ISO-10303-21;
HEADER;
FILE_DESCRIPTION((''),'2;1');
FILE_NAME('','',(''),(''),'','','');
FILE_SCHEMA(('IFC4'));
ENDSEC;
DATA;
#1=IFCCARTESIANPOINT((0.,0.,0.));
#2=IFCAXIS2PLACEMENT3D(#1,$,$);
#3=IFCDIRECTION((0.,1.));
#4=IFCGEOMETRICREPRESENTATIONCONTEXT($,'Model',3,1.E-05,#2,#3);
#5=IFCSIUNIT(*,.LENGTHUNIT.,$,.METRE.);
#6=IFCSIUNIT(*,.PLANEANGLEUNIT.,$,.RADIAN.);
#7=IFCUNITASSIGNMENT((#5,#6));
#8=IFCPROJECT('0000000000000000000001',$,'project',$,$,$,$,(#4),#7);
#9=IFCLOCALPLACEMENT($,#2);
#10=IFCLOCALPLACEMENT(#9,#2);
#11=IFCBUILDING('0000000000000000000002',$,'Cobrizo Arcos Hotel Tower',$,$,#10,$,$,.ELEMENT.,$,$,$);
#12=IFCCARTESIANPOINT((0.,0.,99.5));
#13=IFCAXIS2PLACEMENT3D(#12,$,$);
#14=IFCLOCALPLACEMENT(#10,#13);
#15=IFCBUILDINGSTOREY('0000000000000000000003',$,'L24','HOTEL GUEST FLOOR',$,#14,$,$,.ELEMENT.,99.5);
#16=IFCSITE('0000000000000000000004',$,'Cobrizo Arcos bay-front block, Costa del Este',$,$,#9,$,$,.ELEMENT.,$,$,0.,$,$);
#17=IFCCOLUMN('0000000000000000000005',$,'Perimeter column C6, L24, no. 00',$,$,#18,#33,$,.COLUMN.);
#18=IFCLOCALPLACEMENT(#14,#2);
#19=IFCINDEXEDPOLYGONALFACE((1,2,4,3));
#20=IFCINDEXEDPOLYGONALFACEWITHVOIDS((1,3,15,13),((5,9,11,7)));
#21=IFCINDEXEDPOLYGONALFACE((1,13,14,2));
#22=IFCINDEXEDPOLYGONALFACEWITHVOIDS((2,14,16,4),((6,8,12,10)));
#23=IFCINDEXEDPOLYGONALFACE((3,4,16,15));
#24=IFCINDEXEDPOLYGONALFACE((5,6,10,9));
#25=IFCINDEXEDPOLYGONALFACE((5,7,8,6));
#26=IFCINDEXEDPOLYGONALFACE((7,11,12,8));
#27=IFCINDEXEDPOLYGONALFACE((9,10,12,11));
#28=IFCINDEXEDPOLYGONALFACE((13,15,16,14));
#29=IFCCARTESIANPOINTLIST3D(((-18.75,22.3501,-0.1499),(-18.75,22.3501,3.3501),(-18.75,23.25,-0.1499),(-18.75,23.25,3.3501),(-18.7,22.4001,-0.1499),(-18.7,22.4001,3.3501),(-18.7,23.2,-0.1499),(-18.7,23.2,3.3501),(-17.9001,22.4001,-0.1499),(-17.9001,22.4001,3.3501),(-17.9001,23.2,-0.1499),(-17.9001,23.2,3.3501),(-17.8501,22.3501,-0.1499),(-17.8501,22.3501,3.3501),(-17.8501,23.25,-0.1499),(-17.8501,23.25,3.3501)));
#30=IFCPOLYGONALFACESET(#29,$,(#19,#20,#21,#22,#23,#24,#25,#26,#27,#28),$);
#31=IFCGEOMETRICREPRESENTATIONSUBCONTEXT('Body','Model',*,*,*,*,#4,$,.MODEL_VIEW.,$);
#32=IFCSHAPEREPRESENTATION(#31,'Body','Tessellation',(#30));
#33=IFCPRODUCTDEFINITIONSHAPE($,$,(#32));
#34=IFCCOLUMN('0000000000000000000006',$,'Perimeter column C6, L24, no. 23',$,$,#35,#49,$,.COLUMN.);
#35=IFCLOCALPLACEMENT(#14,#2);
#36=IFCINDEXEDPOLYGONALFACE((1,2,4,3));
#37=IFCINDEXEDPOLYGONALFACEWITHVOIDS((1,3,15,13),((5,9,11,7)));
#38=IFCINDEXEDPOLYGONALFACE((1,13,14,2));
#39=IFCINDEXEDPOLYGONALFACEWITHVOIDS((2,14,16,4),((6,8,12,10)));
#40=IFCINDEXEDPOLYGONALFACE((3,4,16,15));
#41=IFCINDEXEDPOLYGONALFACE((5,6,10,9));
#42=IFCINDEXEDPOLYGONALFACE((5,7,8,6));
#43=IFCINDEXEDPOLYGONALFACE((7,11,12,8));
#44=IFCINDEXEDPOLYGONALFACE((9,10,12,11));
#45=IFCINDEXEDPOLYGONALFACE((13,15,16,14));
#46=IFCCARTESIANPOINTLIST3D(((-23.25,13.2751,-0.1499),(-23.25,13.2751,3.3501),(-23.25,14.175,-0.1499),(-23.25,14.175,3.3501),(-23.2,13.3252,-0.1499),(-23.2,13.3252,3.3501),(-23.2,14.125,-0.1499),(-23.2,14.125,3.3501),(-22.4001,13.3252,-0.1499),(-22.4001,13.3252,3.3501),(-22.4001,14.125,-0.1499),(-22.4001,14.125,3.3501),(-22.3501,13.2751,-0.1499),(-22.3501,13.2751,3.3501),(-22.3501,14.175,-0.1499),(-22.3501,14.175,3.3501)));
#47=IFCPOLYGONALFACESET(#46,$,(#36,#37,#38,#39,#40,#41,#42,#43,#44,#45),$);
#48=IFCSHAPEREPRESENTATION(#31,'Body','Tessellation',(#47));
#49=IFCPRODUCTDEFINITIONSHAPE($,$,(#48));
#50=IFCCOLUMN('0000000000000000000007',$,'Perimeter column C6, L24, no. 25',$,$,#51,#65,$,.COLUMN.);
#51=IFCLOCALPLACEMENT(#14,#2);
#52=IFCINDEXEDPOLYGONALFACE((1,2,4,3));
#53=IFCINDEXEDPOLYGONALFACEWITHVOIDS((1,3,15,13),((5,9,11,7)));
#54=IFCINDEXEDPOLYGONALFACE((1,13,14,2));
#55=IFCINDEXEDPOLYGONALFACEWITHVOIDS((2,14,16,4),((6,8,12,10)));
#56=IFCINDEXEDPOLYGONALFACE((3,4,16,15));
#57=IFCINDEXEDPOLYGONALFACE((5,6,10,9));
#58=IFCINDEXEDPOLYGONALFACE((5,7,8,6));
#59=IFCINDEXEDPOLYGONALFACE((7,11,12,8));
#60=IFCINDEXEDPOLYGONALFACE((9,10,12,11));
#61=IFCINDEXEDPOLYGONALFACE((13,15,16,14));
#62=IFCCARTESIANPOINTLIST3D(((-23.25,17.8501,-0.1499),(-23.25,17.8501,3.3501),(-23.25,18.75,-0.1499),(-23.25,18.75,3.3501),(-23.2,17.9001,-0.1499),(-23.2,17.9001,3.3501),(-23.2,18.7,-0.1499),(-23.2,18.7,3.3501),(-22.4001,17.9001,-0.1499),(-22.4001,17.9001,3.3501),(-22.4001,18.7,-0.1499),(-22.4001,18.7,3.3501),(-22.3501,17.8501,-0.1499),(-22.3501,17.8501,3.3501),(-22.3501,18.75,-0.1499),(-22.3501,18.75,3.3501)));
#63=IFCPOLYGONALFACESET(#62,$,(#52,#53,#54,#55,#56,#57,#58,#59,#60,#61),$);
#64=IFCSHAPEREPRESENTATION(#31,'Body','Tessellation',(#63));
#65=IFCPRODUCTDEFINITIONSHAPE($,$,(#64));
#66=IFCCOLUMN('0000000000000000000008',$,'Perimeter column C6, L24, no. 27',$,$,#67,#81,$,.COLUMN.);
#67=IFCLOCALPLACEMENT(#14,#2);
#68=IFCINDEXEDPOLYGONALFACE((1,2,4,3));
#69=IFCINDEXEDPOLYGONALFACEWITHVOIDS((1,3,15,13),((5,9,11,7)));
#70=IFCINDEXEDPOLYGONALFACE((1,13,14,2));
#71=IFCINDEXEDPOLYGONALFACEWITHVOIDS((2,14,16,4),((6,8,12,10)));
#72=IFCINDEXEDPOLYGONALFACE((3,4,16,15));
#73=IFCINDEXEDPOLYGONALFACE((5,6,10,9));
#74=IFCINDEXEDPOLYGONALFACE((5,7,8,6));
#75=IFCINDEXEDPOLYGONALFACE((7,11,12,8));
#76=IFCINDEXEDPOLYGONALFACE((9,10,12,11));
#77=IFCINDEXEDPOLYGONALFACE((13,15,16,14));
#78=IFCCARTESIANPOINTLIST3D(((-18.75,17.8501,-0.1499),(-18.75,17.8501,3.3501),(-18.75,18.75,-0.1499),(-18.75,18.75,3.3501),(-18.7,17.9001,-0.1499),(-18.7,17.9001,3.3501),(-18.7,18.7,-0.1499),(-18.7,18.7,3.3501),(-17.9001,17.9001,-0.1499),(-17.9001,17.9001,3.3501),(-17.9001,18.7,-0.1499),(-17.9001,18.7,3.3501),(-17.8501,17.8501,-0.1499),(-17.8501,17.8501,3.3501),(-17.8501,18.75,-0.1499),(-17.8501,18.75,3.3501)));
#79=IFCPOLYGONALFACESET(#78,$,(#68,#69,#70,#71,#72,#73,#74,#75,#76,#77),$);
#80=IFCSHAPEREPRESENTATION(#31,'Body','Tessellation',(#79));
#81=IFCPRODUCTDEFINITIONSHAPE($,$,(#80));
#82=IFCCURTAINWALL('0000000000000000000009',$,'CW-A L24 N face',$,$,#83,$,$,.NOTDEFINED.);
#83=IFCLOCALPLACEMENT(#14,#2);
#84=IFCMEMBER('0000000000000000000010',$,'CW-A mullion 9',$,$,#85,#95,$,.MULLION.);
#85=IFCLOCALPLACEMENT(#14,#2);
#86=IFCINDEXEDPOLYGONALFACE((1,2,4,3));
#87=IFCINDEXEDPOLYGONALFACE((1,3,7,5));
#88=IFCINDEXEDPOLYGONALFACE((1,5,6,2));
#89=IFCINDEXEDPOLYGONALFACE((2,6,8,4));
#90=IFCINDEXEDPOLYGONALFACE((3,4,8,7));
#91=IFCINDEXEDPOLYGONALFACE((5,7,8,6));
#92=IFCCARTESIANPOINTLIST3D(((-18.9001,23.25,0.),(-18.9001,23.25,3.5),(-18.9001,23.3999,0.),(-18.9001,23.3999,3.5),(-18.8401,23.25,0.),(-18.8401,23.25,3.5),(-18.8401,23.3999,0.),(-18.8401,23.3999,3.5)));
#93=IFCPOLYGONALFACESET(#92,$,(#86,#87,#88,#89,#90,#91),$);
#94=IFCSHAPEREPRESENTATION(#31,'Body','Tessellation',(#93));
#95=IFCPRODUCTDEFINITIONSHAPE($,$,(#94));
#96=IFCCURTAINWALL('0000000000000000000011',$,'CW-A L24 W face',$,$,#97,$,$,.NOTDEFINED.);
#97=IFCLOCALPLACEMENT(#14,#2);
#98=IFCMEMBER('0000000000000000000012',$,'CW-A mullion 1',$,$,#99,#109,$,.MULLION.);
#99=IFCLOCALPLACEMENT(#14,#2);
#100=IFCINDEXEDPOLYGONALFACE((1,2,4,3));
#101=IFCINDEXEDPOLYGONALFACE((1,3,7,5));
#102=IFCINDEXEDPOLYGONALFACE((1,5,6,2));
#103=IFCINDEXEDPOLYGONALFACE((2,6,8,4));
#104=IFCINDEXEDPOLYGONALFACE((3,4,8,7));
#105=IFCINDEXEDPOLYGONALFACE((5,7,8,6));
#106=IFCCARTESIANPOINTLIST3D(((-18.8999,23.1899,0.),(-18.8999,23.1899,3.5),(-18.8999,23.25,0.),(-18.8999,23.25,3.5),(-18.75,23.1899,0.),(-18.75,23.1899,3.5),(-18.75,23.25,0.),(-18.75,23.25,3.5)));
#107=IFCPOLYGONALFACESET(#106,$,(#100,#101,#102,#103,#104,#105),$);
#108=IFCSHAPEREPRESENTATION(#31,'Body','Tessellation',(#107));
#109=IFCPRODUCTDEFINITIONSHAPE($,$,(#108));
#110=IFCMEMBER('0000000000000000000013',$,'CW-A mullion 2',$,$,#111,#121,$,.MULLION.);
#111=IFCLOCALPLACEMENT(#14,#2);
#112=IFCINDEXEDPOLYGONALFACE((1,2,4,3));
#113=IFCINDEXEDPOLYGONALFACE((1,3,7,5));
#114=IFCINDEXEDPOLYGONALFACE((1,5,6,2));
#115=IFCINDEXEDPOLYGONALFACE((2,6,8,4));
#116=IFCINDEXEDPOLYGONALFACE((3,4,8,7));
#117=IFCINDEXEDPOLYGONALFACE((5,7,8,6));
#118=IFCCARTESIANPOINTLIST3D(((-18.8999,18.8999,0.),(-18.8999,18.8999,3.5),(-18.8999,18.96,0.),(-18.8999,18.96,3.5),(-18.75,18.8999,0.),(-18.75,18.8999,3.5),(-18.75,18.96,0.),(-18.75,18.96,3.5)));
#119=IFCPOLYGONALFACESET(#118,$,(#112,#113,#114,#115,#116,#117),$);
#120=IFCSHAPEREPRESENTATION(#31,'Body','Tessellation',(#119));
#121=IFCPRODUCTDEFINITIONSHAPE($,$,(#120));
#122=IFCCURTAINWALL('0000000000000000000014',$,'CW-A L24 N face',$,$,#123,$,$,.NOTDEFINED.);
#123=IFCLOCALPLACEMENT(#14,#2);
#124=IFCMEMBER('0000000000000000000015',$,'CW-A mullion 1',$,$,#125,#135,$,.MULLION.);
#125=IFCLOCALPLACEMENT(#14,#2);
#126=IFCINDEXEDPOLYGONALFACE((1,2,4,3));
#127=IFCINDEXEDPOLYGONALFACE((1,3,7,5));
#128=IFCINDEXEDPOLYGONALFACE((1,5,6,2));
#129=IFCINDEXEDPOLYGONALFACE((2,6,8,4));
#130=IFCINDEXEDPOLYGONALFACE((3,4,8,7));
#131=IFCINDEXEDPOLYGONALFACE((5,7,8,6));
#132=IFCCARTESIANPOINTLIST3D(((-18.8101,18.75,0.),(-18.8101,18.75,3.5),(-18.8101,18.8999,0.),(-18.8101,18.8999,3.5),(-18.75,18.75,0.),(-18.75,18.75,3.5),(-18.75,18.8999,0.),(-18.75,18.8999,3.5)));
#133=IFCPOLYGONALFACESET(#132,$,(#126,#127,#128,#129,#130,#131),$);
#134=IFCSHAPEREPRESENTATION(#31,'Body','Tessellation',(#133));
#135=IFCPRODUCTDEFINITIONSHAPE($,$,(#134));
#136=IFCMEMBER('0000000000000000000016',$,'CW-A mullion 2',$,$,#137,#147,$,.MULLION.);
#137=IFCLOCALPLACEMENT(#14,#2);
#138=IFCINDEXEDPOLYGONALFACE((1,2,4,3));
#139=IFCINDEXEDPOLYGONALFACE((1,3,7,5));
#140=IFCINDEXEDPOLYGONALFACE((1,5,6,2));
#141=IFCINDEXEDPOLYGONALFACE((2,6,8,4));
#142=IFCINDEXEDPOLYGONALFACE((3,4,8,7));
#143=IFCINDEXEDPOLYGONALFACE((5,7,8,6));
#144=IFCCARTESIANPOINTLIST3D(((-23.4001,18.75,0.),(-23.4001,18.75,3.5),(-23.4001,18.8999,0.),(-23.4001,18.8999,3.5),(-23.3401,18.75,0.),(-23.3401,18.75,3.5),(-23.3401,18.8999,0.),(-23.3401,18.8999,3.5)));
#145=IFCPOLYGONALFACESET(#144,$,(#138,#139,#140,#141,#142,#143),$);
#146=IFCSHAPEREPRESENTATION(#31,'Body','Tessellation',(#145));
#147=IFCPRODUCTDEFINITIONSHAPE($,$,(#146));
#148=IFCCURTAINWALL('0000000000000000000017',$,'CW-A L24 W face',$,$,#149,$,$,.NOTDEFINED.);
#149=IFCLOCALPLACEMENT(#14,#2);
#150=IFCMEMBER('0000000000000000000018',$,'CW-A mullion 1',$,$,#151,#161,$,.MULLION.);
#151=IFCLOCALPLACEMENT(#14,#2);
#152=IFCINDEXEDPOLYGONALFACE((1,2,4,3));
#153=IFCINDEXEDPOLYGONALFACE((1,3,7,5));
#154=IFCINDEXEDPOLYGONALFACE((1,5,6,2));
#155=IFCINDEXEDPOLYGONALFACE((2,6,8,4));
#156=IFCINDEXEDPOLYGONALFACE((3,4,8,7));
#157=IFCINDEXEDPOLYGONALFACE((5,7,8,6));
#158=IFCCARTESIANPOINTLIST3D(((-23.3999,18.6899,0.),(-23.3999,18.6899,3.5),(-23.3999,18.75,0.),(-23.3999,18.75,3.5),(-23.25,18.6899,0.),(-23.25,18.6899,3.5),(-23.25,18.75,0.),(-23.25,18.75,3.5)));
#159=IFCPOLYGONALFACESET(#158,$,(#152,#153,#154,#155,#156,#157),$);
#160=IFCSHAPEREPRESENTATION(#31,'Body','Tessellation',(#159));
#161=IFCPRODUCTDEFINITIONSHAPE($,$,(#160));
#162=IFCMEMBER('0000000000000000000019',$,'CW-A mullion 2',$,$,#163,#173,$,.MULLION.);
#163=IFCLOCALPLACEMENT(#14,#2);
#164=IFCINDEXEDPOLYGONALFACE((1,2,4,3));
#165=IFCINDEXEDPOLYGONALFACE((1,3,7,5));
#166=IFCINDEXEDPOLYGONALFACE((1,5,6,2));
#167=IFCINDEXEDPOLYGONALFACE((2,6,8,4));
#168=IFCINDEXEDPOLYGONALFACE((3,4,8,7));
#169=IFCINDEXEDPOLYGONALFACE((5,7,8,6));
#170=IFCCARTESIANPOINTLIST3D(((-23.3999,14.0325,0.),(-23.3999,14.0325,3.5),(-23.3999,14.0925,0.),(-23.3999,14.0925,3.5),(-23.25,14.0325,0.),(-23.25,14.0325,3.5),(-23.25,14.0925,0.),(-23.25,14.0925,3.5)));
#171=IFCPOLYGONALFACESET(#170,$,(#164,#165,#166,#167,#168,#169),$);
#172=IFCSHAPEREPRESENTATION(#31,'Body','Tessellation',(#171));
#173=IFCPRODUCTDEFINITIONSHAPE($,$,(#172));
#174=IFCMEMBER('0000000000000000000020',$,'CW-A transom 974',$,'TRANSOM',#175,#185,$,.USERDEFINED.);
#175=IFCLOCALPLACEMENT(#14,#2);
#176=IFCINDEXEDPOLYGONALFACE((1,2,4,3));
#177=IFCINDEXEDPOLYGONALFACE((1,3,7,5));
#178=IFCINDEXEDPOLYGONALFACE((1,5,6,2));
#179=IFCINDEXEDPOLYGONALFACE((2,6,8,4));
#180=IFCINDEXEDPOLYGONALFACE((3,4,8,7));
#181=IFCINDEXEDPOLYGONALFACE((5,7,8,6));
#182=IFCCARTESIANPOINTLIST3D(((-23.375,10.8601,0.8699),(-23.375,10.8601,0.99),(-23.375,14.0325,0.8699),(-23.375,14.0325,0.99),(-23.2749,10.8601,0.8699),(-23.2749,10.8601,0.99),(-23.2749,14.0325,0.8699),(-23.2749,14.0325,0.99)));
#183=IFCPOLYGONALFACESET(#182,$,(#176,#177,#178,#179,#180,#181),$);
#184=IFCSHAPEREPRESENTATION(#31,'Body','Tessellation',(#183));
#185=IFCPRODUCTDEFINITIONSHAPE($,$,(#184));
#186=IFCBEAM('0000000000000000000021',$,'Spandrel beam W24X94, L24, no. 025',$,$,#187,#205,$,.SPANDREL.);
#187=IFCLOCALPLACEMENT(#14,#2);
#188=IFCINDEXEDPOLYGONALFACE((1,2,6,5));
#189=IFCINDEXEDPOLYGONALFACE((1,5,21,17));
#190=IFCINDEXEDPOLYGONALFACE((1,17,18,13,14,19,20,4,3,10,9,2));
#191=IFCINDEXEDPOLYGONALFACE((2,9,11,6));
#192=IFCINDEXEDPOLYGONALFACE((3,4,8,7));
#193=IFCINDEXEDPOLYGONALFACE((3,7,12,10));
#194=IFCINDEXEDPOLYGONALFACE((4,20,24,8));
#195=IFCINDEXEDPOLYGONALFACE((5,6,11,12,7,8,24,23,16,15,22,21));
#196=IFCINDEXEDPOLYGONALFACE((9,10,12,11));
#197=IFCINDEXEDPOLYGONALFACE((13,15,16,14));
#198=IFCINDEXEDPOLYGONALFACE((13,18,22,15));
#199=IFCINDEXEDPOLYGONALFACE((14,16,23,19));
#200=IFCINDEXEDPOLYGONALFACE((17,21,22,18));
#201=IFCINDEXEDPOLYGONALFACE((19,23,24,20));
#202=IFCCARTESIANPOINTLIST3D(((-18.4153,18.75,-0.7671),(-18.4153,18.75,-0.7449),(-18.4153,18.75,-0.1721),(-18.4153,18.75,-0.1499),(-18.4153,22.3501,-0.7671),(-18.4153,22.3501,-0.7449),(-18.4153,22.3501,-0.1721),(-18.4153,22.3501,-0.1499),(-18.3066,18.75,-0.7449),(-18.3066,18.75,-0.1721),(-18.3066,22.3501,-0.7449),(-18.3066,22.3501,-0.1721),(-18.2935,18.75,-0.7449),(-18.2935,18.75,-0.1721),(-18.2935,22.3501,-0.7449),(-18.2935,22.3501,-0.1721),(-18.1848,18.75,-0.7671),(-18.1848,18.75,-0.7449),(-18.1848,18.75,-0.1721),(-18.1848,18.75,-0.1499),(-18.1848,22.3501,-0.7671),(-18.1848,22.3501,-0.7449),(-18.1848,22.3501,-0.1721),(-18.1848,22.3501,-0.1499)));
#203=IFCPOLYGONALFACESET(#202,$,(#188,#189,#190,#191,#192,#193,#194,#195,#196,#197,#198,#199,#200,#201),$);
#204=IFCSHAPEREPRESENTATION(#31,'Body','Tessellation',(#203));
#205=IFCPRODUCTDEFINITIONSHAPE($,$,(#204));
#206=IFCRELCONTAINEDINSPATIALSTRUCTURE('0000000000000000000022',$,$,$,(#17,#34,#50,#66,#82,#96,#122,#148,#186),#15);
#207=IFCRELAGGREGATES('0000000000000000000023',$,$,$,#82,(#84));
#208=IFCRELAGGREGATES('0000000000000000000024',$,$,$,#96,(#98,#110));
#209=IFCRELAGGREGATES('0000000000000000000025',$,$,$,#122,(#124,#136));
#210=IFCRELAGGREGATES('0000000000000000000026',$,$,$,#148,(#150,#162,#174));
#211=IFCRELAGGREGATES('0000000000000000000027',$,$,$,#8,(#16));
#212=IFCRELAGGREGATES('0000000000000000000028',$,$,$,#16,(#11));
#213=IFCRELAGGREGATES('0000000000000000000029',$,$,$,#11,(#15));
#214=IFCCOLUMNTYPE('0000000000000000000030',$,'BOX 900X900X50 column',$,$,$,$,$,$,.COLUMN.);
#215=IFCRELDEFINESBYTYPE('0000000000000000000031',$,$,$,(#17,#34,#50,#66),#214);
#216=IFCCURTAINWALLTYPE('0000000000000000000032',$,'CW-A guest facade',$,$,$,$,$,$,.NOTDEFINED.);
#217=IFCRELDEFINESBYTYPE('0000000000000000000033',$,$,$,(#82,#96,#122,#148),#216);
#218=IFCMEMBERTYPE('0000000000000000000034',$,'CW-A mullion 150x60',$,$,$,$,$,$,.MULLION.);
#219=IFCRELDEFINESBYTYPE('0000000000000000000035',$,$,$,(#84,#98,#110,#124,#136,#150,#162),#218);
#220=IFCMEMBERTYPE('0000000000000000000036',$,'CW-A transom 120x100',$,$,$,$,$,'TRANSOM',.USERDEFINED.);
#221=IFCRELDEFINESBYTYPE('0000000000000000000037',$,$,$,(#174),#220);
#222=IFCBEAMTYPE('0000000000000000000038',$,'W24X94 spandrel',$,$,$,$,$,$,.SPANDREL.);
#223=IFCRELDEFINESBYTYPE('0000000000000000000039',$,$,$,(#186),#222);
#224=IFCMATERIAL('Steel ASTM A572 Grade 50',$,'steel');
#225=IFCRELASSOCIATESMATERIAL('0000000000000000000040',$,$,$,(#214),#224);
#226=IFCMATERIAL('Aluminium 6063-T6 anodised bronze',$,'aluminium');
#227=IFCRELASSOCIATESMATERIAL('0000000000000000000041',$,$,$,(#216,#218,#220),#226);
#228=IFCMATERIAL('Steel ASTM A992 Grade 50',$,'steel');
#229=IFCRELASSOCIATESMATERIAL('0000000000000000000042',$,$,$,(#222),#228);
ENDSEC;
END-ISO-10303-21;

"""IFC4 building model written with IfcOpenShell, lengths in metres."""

from ifc_helpers import new_model, si_unit, direction, frame, origin, origin_2d, place, context, subcontext, project, spatial, rectangle, hollow_rectangle, i_section, extrude, material, material_profile, profile_set, type_object, element, aggregate, save


model = new_model("IFC4")

# Units and contexts
model_context = context("Model", 3, precision=1e-05, world=origin(), true_north=direction((0.0, 1.0)))
body_context = subcontext(model_context, "Body", "Model", "MODEL_VIEW")
ifc_project = project(units=[si_unit("LENGTHUNIT", "METRE"), si_unit("PLANEANGLEUNIT", "RADIAN")], contexts=[model_context])

# Site, building, storey
site_placement = place(None, origin())
site = spatial("IfcSite", under=ifc_project, at=site_placement, Name="Cobrizo Arcos bay-front block, Costa del Este", CompositionType="ELEMENT", RefElevation=0.0)
building_placement = place(site_placement, origin())
building = spatial("IfcBuilding", under=site, at=building_placement, Name="Cobrizo Arcos Hotel Tower", CompositionType="ELEMENT")
storey_placement = place(building_placement, frame((0.0, 0.0, 99.5)))
storey = spatial("IfcBuildingStorey", under=building, at=storey_placement, Name="L24", Description="HOTEL GUEST FLOOR", CompositionType="ELEMENT", Elevation=99.5)

# Columns
ifc_material_1 = material(Name="Steel ASTM A572 Grade 50", Category="steel")
ifc_material_profile_1 = material_profile(ifc_material_1, hollow_rectangle(XDim=0.8999, YDim=0.8999, WallThickness=0.05, at=origin_2d()), Name="BOX 900X900X50")
ifc_profile_set_1 = profile_set([ifc_material_profile_1], Name="Steel ASTM A572 Grade 50")
column_type = type_object("IfcColumnType", Name="BOX 900X900X50 column", PredefinedType="COLUMN", material=ifc_profile_set_1)
for number, where, z_axis, x_axis, name in (
    (1, (-18.3, 22.8, -0.1499), (0.0, 0.0, 1.0), (1.0, 0.0, 0.0), "Perimeter column C6, L24, no. 00"),
    (2, (-22.8, 13.7251, -0.1499), (0.0, 0.0, 1.0), (1.0, 0.0, 0.0), "Perimeter column C6, L24, no. 23"),
    (3, (-22.8, 18.3, -0.1499), (0.0, 0.0, 1.0), (1.0, 0.0, 0.0), "Perimeter column C6, L24, no. 25"),
    (4, (-18.3, 18.3, -0.1499), (0.0, 0.0, 1.0), (1.0, 0.0, 0.0), "Perimeter column C6, L24, no. 27"),
):
    element("IfcColumn", number, at=place(storey_placement, frame(where, z_axis=z_axis, x_axis=x_axis)), inside=storey, type_object=column_type, Name=name, PredefinedType="COLUMN", context=body_context, shape_type="SweptSolid", body=[
        extrude(hollow_rectangle(XDim=0.8999, YDim=0.8999, WallThickness=0.05, at=origin_2d()), origin(), (0.0, 0.0, 1.0), 3.5),
    ])

# Curtain wall, member
ifc_material_2 = material(Name="Aluminium 6063-T6 anodised bronze", Category="aluminium")
curtain_wall_type = type_object("IfcCurtainWallType", Name="CW-A guest facade", PredefinedType="NOTDEFINED", material=ifc_material_2)
curtain_wall_1_placement = place(storey_placement, origin())
curtain_wall_1 = element("IfcCurtainWall", 5, at=curtain_wall_1_placement, inside=storey, type_object=curtain_wall_type, Name="CW-A L24 N face", PredefinedType="NOTDEFINED")
ifc_material_profile_2 = material_profile(ifc_material_2, rectangle(XDim=0.1499, YDim=0.0601, at=origin_2d()), Name="CW-A mullion 150x60")
ifc_profile_set_2 = profile_set([ifc_material_profile_2], Name="Aluminium 6063-T6 anodised bronze")
member_type_1 = type_object("IfcMemberType", Name="CW-A mullion 150x60", PredefinedType="MULLION", material=ifc_profile_set_2)
member_1_placement = place(storey_placement, frame((-18.8701, 23.325, 0.0), z_axis=(0.0, 0.0, 1.0), x_axis=(0.0, 1.0, 0.0)))
member_1 = element("IfcMember", 6, at=member_1_placement, type_object=member_type_1, Name="CW-A mullion 9", PredefinedType="MULLION", context=body_context, shape_type="SweptSolid", body=[
    extrude(rectangle(XDim=0.1499, YDim=0.0601, at=origin_2d()), origin(), (0.0, 0.0, 1.0), 3.5),
])

# Curtain walls, members
curtain_wall_2_placement = place(storey_placement, origin())
curtain_wall_2 = element("IfcCurtainWall", 7, at=curtain_wall_2_placement, inside=storey, type_object=curtain_wall_type, Name="CW-A L24 W face", PredefinedType="NOTDEFINED")
member_2_placement = place(storey_placement, frame((-18.825, 23.22, 0.0), z_axis=(0.0, 0.0, 1.0), x_axis=(-1.0, 0.0, 0.0)))
member_2 = element("IfcMember", 8, at=member_2_placement, type_object=member_type_1, Name="CW-A mullion 1", PredefinedType="MULLION", context=body_context, shape_type="SweptSolid", body=[
    extrude(rectangle(XDim=0.1499, YDim=0.0601, at=origin_2d()), origin(), (0.0, 0.0, 1.0), 3.5),
])
member_3_placement = place(storey_placement, frame((-18.825, 18.9299, 0.0), z_axis=(0.0, 0.0, 1.0), x_axis=(-1.0, 0.0, 0.0)))
member_3 = element("IfcMember", 9, at=member_3_placement, type_object=member_type_1, Name="CW-A mullion 2", PredefinedType="MULLION", context=body_context, shape_type="SweptSolid", body=[
    extrude(rectangle(XDim=0.1499, YDim=0.0601, at=origin_2d()), origin(), (0.0, 0.0, 1.0), 3.5),
])
curtain_wall_3_placement = place(storey_placement, origin())
curtain_wall_3 = element("IfcCurtainWall", 10, at=curtain_wall_3_placement, inside=storey, type_object=curtain_wall_type, Name="CW-A L24 N face", PredefinedType="NOTDEFINED")
member_4_placement = place(storey_placement, frame((-18.78, 18.825, 0.0), z_axis=(0.0, 0.0, 1.0), x_axis=(0.0, 1.0, 0.0)))
member_4 = element("IfcMember", 11, at=member_4_placement, type_object=member_type_1, Name="CW-A mullion 1", PredefinedType="MULLION", context=body_context, shape_type="SweptSolid", body=[
    extrude(rectangle(XDim=0.1499, YDim=0.0601, at=origin_2d()), origin(), (0.0, 0.0, 1.0), 3.5),
])
member_5_placement = place(storey_placement, frame((-23.3701, 18.825, 0.0), z_axis=(0.0, 0.0, 1.0), x_axis=(0.0, 1.0, 0.0)))
member_5 = element("IfcMember", 12, at=member_5_placement, type_object=member_type_1, Name="CW-A mullion 2", PredefinedType="MULLION", context=body_context, shape_type="SweptSolid", body=[
    extrude(rectangle(XDim=0.1499, YDim=0.0601, at=origin_2d()), origin(), (0.0, 0.0, 1.0), 3.5),
])
curtain_wall_4_placement = place(storey_placement, origin())
curtain_wall_4 = element("IfcCurtainWall", 13, at=curtain_wall_4_placement, inside=storey, type_object=curtain_wall_type, Name="CW-A L24 W face", PredefinedType="NOTDEFINED")
member_6_placement = place(storey_placement, frame((-23.325, 18.72, 0.0), z_axis=(0.0, 0.0, 1.0), x_axis=(-1.0, 0.0, 0.0)))
member_6 = element("IfcMember", 14, at=member_6_placement, type_object=member_type_1, Name="CW-A mullion 1", PredefinedType="MULLION", context=body_context, shape_type="SweptSolid", body=[
    extrude(rectangle(XDim=0.1499, YDim=0.0601, at=origin_2d()), origin(), (0.0, 0.0, 1.0), 3.5),
])
member_7_placement = place(storey_placement, frame((-23.325, 14.0625, 0.0), z_axis=(0.0, 0.0, 1.0), x_axis=(-1.0, 0.0, 0.0)))
member_7 = element("IfcMember", 15, at=member_7_placement, type_object=member_type_1, Name="CW-A mullion 2", PredefinedType="MULLION", context=body_context, shape_type="SweptSolid", body=[
    extrude(rectangle(XDim=0.1499, YDim=0.0601, at=origin_2d()), origin(), (0.0, 0.0, 1.0), 3.5),
])
ifc_material_profile_3 = material_profile(ifc_material_2, rectangle(XDim=0.1001, YDim=0.1201, at=origin_2d()), Name="CW-A transom 120x100")
ifc_profile_set_3 = profile_set([ifc_material_profile_3], Name="Aluminium 6063-T6 anodised bronze")
member_type_2 = type_object("IfcMemberType", Name="CW-A transom 120x100", ElementType="TRANSOM", PredefinedType="USERDEFINED", material=ifc_profile_set_3)
member_8_placement = place(storey_placement, frame((-23.325, 14.0325, 0.9299), z_axis=(0.0, -1.0, 0.0), x_axis=(1.0, 0.0, 0.0)))
member_8 = element("IfcMember", 16, at=member_8_placement, type_object=member_type_2, Name="CW-A transom 974", ObjectType="TRANSOM", PredefinedType="USERDEFINED", context=body_context, shape_type="SweptSolid", body=[
    extrude(rectangle(XDim=0.1001, YDim=0.1201, at=origin_2d()), origin(), (0.0, 0.0, 1.0), 3.1724),
])

# Beam
ifc_material_3 = material(Name="Steel ASTM A992 Grade 50", Category="steel")
ifc_material_profile_4 = material_profile(ifc_material_3, i_section(OverallWidth=0.2305, OverallDepth=0.6172, WebThickness=0.0132, FlangeThickness=0.0222, at=origin_2d()), Name="W24X94")
ifc_profile_set_4 = profile_set([ifc_material_profile_4], Name="Steel ASTM A992 Grade 50")
beam_type = type_object("IfcBeamType", Name="W24X94 spandrel", PredefinedType="SPANDREL", material=ifc_profile_set_4)
for number, where, z_axis, x_axis, name in (
    (17, (-18.3, 22.3501, -0.4585), (0.0, -1.0, 0.0), (1.0, 0.0, 0.0), "Spandrel beam W24X94, L24, no. 025"),
):
    element("IfcBeam", number, at=place(storey_placement, frame(where, z_axis=z_axis, x_axis=x_axis)), inside=storey, type_object=beam_type, Name=name, PredefinedType="SPANDREL", context=body_context, shape_type="SweptSolid", body=[
        extrude(i_section(OverallWidth=0.2305, OverallDepth=0.6172, WebThickness=0.0132, FlangeThickness=0.0222, at=origin_2d()), origin(), (0.0, 0.0, 1.0), 3.6001),
    ])

aggregate(curtain_wall_1, [member_1])
aggregate(curtain_wall_2, [member_2, member_3])
aggregate(curtain_wall_3, [member_4, member_5])
aggregate(curtain_wall_4, [member_6, member_7, member_8])

save(model, "model.ifc")
